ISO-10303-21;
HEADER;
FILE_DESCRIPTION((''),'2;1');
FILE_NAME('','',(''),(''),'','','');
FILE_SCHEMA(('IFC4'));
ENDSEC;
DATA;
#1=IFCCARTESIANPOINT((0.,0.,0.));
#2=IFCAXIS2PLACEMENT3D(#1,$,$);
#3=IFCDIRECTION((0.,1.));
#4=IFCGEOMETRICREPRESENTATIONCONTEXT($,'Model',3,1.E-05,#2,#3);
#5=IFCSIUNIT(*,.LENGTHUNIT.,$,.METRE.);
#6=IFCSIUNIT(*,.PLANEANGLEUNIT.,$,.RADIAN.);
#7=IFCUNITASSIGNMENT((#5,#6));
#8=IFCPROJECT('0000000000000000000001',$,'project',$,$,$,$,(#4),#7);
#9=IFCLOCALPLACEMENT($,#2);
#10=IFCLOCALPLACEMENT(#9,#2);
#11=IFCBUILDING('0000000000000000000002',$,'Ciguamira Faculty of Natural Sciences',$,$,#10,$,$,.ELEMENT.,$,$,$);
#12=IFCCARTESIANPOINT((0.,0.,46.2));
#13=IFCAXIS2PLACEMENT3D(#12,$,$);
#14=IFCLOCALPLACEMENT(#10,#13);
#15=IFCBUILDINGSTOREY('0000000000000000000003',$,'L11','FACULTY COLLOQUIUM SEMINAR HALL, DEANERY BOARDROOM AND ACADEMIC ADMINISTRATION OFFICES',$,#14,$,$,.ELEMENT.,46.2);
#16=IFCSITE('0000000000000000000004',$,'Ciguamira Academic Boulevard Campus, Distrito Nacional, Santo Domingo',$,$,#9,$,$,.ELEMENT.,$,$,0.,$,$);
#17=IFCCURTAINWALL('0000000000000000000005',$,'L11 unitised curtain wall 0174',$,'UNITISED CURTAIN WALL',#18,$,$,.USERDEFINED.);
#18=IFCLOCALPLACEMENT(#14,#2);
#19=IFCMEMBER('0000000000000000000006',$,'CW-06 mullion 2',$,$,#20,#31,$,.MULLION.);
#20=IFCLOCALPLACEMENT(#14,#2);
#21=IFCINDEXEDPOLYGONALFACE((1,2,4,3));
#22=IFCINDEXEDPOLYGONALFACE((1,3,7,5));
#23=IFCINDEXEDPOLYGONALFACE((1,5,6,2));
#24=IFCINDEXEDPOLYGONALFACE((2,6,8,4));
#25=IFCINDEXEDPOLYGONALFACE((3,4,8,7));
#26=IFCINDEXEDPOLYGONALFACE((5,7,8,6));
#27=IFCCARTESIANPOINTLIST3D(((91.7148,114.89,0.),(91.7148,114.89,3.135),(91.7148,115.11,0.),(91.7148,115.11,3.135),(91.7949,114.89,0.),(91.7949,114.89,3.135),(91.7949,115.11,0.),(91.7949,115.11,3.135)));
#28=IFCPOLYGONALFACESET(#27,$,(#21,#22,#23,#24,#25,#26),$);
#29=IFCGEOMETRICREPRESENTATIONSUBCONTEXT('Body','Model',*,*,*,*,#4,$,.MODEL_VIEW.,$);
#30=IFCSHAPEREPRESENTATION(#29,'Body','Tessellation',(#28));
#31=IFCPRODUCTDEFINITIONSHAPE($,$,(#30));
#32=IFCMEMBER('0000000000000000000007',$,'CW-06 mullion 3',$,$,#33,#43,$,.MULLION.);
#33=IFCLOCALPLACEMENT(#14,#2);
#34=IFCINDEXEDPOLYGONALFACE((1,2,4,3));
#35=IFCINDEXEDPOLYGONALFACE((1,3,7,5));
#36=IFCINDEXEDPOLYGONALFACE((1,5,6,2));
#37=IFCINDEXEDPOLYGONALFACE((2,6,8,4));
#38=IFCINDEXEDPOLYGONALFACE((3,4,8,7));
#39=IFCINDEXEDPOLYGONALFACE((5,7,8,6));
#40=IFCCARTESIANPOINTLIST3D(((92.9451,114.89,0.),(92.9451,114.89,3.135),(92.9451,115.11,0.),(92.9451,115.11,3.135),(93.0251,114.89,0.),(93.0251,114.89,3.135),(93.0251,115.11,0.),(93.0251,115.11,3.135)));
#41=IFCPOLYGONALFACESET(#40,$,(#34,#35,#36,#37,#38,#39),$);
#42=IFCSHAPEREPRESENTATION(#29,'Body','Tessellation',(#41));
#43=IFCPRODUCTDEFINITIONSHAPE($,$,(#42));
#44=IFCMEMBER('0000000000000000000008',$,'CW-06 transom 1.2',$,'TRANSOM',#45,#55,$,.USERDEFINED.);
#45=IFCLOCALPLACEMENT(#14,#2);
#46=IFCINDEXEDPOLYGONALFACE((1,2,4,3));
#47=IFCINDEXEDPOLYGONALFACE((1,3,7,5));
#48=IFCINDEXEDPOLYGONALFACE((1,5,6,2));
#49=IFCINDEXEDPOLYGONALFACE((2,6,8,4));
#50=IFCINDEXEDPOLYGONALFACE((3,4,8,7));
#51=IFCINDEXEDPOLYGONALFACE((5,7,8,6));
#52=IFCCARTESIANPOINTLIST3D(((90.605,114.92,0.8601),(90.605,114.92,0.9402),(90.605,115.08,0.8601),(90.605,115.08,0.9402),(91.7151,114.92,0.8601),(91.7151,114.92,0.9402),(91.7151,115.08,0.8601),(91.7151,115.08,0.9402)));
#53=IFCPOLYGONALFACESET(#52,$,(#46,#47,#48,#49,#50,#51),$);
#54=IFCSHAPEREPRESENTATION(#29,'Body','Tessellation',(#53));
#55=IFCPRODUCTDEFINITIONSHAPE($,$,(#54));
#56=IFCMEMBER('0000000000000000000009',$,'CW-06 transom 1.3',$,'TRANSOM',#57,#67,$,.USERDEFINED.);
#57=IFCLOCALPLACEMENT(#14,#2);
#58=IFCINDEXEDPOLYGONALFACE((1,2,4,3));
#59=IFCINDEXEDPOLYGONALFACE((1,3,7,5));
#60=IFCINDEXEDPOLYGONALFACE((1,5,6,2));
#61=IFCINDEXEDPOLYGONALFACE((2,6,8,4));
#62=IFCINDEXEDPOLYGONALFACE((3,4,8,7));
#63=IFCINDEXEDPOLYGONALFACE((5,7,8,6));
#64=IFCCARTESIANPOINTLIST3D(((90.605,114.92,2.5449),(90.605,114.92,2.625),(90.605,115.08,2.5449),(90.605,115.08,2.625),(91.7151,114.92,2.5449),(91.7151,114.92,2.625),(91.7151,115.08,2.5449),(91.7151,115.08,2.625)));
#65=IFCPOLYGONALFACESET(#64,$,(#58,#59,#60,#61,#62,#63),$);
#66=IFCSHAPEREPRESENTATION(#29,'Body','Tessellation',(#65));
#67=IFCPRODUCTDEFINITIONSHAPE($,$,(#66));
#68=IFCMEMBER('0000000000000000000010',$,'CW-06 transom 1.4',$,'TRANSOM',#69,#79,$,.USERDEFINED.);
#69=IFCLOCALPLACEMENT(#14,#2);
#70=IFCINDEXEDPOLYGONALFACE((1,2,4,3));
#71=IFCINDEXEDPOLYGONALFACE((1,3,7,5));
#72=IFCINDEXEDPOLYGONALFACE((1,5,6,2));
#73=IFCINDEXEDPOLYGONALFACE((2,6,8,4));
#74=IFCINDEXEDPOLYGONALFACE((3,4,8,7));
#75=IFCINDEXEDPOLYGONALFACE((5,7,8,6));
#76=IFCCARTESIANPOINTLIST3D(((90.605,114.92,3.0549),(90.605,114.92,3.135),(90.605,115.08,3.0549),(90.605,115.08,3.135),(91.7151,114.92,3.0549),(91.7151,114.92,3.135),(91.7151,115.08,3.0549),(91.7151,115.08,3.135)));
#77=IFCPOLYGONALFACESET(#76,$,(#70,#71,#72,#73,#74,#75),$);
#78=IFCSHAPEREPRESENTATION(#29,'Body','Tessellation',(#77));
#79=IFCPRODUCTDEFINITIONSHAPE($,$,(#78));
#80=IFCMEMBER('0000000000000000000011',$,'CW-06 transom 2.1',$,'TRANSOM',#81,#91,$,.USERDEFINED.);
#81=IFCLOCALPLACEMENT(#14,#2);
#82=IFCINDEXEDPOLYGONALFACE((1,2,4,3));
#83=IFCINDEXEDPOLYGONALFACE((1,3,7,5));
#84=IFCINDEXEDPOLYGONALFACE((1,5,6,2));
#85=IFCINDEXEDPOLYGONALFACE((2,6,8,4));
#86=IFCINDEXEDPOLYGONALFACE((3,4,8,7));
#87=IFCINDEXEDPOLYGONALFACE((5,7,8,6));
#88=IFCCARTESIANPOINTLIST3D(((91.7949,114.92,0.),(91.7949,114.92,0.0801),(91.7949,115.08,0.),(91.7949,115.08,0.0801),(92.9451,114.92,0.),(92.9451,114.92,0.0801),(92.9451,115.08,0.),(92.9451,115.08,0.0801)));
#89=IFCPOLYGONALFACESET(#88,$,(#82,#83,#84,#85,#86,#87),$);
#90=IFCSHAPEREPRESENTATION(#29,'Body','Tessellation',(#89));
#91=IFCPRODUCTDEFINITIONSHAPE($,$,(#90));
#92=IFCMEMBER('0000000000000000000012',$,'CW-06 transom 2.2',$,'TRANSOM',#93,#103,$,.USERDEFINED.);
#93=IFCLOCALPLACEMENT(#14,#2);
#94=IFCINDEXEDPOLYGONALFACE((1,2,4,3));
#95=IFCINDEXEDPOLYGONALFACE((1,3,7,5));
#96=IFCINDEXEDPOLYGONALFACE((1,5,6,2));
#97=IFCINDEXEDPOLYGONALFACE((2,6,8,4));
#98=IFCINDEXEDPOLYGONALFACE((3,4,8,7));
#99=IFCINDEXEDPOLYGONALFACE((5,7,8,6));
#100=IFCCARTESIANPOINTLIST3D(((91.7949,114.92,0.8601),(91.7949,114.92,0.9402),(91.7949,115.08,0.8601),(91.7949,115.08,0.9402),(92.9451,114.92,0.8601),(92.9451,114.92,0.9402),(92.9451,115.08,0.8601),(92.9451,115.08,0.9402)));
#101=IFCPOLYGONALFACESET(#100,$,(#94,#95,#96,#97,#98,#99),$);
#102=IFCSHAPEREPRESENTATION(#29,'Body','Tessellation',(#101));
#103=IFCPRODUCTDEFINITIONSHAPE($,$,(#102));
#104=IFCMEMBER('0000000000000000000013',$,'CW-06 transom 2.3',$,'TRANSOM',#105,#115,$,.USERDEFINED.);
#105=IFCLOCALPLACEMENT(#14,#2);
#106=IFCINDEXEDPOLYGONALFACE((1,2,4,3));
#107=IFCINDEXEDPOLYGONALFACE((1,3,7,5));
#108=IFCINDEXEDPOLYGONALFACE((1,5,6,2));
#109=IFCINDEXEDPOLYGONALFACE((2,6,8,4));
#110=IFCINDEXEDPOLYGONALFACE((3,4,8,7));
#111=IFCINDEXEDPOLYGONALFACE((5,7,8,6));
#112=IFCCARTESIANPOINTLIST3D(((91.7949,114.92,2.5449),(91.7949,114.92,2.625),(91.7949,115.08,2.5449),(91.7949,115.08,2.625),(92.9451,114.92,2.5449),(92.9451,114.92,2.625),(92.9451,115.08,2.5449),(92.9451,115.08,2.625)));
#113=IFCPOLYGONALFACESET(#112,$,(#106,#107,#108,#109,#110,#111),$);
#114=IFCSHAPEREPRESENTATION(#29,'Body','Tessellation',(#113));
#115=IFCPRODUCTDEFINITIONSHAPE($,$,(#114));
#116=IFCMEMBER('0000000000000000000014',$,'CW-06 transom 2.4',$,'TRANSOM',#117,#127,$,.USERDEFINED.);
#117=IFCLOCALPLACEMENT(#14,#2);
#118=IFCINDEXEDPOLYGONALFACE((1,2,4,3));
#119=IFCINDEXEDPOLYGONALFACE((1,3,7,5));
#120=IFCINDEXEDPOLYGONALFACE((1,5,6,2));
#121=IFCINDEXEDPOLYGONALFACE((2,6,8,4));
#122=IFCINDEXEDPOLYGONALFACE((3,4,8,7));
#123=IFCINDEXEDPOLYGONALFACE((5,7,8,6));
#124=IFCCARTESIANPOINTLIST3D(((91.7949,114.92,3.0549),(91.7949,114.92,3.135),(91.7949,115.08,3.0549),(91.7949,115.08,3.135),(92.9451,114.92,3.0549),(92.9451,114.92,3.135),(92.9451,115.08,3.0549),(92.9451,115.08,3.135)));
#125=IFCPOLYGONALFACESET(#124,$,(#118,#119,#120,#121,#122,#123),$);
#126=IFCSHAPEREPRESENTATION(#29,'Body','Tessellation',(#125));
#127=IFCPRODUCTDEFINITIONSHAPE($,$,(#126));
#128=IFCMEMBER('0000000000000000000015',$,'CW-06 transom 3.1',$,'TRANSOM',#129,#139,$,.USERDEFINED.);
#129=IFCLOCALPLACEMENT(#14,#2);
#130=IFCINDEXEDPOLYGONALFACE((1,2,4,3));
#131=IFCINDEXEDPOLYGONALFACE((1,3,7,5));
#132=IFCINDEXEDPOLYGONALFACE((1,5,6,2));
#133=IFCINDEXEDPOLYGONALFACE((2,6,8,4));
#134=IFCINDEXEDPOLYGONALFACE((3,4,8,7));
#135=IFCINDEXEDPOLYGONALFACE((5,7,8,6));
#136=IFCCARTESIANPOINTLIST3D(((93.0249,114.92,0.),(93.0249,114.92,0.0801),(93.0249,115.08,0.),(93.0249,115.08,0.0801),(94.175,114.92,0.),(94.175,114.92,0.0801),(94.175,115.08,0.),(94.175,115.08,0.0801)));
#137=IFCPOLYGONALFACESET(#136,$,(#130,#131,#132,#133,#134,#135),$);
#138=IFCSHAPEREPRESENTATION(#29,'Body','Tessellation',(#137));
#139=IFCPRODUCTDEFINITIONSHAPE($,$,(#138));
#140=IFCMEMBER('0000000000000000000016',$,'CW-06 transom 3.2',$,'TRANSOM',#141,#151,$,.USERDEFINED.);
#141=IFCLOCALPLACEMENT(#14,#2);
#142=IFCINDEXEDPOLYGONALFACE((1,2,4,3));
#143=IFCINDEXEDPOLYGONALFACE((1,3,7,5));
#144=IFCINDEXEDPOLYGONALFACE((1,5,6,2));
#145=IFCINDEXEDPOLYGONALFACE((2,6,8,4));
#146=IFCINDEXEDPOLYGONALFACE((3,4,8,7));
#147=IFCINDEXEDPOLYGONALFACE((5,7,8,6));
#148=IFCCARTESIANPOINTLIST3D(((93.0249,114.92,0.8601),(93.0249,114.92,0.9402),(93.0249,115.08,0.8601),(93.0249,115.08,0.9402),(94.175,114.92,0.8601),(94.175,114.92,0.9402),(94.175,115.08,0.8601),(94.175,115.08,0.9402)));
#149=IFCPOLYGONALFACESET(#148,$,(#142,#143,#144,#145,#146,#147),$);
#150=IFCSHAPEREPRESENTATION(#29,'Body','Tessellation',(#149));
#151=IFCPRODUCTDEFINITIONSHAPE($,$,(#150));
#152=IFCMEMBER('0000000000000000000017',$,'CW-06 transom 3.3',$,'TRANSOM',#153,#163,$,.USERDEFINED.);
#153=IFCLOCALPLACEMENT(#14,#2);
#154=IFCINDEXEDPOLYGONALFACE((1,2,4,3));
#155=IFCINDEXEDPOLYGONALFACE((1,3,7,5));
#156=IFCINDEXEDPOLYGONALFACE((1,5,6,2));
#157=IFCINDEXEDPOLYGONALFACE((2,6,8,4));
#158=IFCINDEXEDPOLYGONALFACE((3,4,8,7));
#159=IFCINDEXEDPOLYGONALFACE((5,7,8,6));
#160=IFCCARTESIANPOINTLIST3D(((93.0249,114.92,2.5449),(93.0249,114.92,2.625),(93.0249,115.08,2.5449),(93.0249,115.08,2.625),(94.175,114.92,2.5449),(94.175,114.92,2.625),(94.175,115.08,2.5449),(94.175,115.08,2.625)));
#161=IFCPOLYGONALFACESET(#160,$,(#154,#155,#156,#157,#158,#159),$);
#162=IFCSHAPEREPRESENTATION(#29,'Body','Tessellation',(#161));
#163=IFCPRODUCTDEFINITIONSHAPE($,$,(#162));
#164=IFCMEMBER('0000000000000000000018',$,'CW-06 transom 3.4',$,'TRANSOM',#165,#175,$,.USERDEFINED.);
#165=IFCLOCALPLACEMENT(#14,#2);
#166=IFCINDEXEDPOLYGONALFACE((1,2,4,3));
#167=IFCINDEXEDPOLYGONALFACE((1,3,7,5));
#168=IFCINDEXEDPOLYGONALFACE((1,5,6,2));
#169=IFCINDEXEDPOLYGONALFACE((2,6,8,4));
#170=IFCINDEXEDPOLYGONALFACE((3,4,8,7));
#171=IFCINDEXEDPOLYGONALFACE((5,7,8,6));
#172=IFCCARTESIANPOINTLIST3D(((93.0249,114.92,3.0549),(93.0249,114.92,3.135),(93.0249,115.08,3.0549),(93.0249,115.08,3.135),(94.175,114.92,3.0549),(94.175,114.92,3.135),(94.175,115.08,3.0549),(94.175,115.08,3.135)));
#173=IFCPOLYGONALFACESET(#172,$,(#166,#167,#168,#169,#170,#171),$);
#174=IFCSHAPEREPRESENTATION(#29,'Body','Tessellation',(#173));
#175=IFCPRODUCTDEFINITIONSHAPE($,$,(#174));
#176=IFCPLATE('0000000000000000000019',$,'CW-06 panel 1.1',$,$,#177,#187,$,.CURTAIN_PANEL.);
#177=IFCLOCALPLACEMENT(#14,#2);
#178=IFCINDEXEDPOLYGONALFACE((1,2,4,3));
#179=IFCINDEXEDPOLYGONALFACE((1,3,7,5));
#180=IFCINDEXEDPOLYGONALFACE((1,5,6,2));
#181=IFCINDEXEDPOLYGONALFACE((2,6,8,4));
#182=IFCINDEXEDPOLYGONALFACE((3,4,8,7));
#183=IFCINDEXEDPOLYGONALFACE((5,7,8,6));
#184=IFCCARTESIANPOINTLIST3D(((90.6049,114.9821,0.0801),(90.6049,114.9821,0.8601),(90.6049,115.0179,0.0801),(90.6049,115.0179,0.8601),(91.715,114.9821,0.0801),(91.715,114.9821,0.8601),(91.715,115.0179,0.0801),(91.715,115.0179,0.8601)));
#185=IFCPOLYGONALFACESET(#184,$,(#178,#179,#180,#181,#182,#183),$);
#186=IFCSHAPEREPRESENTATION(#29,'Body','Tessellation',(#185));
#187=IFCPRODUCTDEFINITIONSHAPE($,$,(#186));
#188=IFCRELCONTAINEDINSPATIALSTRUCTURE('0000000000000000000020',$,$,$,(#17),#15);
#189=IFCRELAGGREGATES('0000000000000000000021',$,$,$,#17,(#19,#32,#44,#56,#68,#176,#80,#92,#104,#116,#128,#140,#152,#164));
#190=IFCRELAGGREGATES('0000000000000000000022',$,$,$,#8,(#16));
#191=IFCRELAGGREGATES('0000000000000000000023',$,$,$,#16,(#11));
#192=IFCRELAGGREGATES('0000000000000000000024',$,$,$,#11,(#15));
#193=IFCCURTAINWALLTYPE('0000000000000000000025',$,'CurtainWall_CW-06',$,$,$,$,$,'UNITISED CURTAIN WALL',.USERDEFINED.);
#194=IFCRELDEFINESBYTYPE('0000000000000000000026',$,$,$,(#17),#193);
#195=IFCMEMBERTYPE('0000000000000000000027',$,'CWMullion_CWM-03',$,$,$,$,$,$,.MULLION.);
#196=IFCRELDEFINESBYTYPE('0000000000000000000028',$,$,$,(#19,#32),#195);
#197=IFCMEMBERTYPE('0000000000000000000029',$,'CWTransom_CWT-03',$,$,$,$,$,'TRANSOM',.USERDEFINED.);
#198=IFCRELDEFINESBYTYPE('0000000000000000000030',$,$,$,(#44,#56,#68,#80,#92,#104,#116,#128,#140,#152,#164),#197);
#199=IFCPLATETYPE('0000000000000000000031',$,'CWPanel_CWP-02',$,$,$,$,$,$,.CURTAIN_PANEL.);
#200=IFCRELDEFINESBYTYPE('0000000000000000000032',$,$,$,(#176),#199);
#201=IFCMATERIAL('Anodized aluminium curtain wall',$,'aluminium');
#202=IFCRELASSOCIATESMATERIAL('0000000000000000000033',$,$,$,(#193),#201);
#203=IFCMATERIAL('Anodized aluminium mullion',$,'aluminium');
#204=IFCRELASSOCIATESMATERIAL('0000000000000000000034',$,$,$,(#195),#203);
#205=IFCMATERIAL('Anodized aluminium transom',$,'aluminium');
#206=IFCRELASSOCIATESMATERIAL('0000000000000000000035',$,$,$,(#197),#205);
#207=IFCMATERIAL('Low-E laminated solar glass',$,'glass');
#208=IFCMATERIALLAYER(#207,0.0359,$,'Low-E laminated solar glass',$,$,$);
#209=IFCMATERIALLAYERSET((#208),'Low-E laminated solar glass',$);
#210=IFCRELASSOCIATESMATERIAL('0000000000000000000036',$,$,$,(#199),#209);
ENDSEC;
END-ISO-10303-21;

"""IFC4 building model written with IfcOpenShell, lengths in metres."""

from ifc_helpers import new_model, si_unit, direction, frame, origin, origin_2d, place, context, subcontext, project, spatial, rectangle, extrude, material, layer, layer_set, material_profile, profile_set, type_object, element, aggregate, save


model = new_model("IFC4")

# Units and contexts
model_context = context("Model", 3, precision=1e-05, world=origin(), true_north=direction((0.0, 1.0)))
body_context = subcontext(model_context, "Body", "Model", "MODEL_VIEW")
ifc_project = project(units=[si_unit("LENGTHUNIT", "METRE"), si_unit("PLANEANGLEUNIT", "RADIAN")], contexts=[model_context])

# Site, building, storey
site_placement = place(None, origin())
site = spatial("IfcSite", under=ifc_project, at=site_placement, Name="Ciguamira Academic Boulevard Campus, Distrito Nacional, Santo Domingo", CompositionType="ELEMENT", RefElevation=0.0)
building_placement = place(site_placement, origin())
building = spatial("IfcBuilding", under=site, at=building_placement, Name="Ciguamira Faculty of Natural Sciences", CompositionType="ELEMENT")
storey_placement = place(building_placement, frame((0.0, 0.0, 46.2)))
storey = spatial("IfcBuildingStorey", under=building, at=storey_placement, Name="L11", Description="FACULTY COLLOQUIUM SEMINAR HALL, DEANERY BOARDROOM AND ACADEMIC ADMINISTRATION OFFICES", CompositionType="ELEMENT", Elevation=46.2)

# Curtain wall, members, plate
ifc_material_1 = material(Name="Anodized aluminium curtain wall", Category="aluminium")
curtain_wall_type = type_object("IfcCurtainWallType", Name="CurtainWall_CW-06", ElementType="UNITISED CURTAIN WALL", PredefinedType="USERDEFINED", material=ifc_material_1)
curtain_wall_placement = place(storey_placement, origin())
curtain_wall = element("IfcCurtainWall", 1, at=curtain_wall_placement, inside=storey, type_object=curtain_wall_type, Name="L11 unitised curtain wall 0174", ObjectType="UNITISED CURTAIN WALL", PredefinedType="USERDEFINED")
ifc_material_2 = material(Name="Anodized aluminium mullion", Category="aluminium")
ifc_material_profile_1 = material_profile(ifc_material_2, rectangle(XDim=0.0801, YDim=0.22, at=origin_2d()), Name="ALU-MUL-80X220")
ifc_profile_set_1 = profile_set([ifc_material_profile_1], Name="Anodized aluminium mullion")
member_type_1 = type_object("IfcMemberType", Name="CWMullion_CWM-03", PredefinedType="MULLION", material=ifc_profile_set_1)
member_1_placement = place(storey_placement, frame((91.7549, 115.0, 0.0), z_axis=(0.0, 0.0, 1.0), x_axis=(1.0, 0.0, 0.0)))
member_1 = element("IfcMember", 2, at=member_1_placement, type_object=member_type_1, Name="CW-06 mullion 2", PredefinedType="MULLION", context=body_context, shape_type="SweptSolid", body=[
    extrude(rectangle(XDim=0.0801, YDim=0.22, at=origin_2d()), origin(), (0.0, 0.0, 1.0), 3.135),
])
member_2_placement = place(storey_placement, frame((92.9851, 115.0, 0.0), z_axis=(0.0, 0.0, 1.0), x_axis=(1.0, 0.0, 0.0)))
member_2 = element("IfcMember", 3, at=member_2_placement, type_object=member_type_1, Name="CW-06 mullion 3", PredefinedType="MULLION", context=body_context, shape_type="SweptSolid", body=[
    extrude(rectangle(XDim=0.0801, YDim=0.22, at=origin_2d()), origin(), (0.0, 0.0, 1.0), 3.135),
])
ifc_material_3 = material(Name="Anodized aluminium transom", Category="aluminium")
ifc_material_profile_2 = material_profile(ifc_material_3, rectangle(XDim=0.0801, YDim=0.1599, at=origin_2d()), Name="ALU-TRN-80X160")
ifc_profile_set_2 = profile_set([ifc_material_profile_2], Name="Anodized aluminium transom")
member_type_2 = type_object("IfcMemberType", Name="CWTransom_CWT-03", ElementType="TRANSOM", PredefinedType="USERDEFINED", material=ifc_profile_set_2)
member_3_placement = place(storey_placement, frame((90.605, 115.0, 0.9001), z_axis=(1.0, 0.0, 0.0), x_axis=(0.0, 0.0, 1.0)))
member_3 = element("IfcMember", 4, at=member_3_placement, type_object=member_type_2, Name="CW-06 transom 1.2", ObjectType="TRANSOM", PredefinedType="USERDEFINED", context=body_context, shape_type="SweptSolid", body=[
    extrude(rectangle(XDim=0.0801, YDim=0.1599, at=origin_2d()), origin(), (0.0, 0.0, 1.0), 1.1101),
])
member_4_placement = place(storey_placement, frame((90.605, 115.0, 2.585), z_axis=(1.0, 0.0, 0.0), x_axis=(0.0, 0.0, 1.0)))
member_4 = element("IfcMember", 5, at=member_4_placement, type_object=member_type_2, Name="CW-06 transom 1.3", ObjectType="TRANSOM", PredefinedType="USERDEFINED", context=body_context, shape_type="SweptSolid", body=[
    extrude(rectangle(XDim=0.0801, YDim=0.1599, at=origin_2d()), origin(), (0.0, 0.0, 1.0), 1.1101),
])
member_5_placement = place(storey_placement, frame((90.605, 115.0, 3.095), z_axis=(1.0, 0.0, 0.0), x_axis=(0.0, 0.0, 1.0)))
member_5 = element("IfcMember", 6, at=member_5_placement, type_object=member_type_2, Name="CW-06 transom 1.4", ObjectType="TRANSOM", PredefinedType="USERDEFINED", context=body_context, shape_type="SweptSolid", body=[
    extrude(rectangle(XDim=0.0801, YDim=0.1599, at=origin_2d()), origin(), (0.0, 0.0, 1.0), 1.1101),
])
member_6_placement = place(storey_placement, frame((91.7949, 115.0, 0.04), z_axis=(1.0, 0.0, 0.0), x_axis=(0.0, 0.0, 1.0)))
member_6 = element("IfcMember", 7, at=member_6_placement, type_object=member_type_2, Name="CW-06 transom 2.1", ObjectType="TRANSOM", PredefinedType="USERDEFINED", context=body_context, shape_type="SweptSolid", body=[
    extrude(rectangle(XDim=0.0801, YDim=0.1599, at=origin_2d()), origin(), (0.0, 0.0, 1.0), 1.1501),
])
member_7_placement = place(storey_placement, frame((91.7949, 115.0, 0.9001), z_axis=(1.0, 0.0, 0.0), x_axis=(0.0, 0.0, 1.0)))
member_7 = element("IfcMember", 8, at=member_7_placement, type_object=member_type_2, Name="CW-06 transom 2.2", ObjectType="TRANSOM", PredefinedType="USERDEFINED", context=body_context, shape_type="SweptSolid", body=[
    extrude(rectangle(XDim=0.0801, YDim=0.1599, at=origin_2d()), origin(), (0.0, 0.0, 1.0), 1.1501),
])
member_8_placement = place(storey_placement, frame((91.7949, 115.0, 2.585), z_axis=(1.0, 0.0, 0.0), x_axis=(0.0, 0.0, 1.0)))
member_8 = element("IfcMember", 9, at=member_8_placement, type_object=member_type_2, Name="CW-06 transom 2.3", ObjectType="TRANSOM", PredefinedType="USERDEFINED", context=body_context, shape_type="SweptSolid", body=[
    extrude(rectangle(XDim=0.0801, YDim=0.1599, at=origin_2d()), origin(), (0.0, 0.0, 1.0), 1.1501),
])
member_9_placement = place(storey_placement, frame((91.7949, 115.0, 3.095), z_axis=(1.0, 0.0, 0.0), x_axis=(0.0, 0.0, 1.0)))
member_9 = element("IfcMember", 10, at=member_9_placement, type_object=member_type_2, Name="CW-06 transom 2.4", ObjectType="TRANSOM", PredefinedType="USERDEFINED", context=body_context, shape_type="SweptSolid", body=[
    extrude(rectangle(XDim=0.0801, YDim=0.1599, at=origin_2d()), origin(), (0.0, 0.0, 1.0), 1.1501),
])
member_10_placement = place(storey_placement, frame((93.0249, 115.0, 0.04), z_axis=(1.0, 0.0, 0.0), x_axis=(0.0, 0.0, 1.0)))
member_10 = element("IfcMember", 11, at=member_10_placement, type_object=member_type_2, Name="CW-06 transom 3.1", ObjectType="TRANSOM", PredefinedType="USERDEFINED", context=body_context, shape_type="SweptSolid", body=[
    extrude(rectangle(XDim=0.0801, YDim=0.1599, at=origin_2d()), origin(), (0.0, 0.0, 1.0), 1.1501),
])
member_11_placement = place(storey_placement, frame((93.0249, 115.0, 0.9001), z_axis=(1.0, 0.0, 0.0), x_axis=(0.0, 0.0, 1.0)))
member_11 = element("IfcMember", 12, at=member_11_placement, type_object=member_type_2, Name="CW-06 transom 3.2", ObjectType="TRANSOM", PredefinedType="USERDEFINED", context=body_context, shape_type="SweptSolid", body=[
    extrude(rectangle(XDim=0.0801, YDim=0.1599, at=origin_2d()), origin(), (0.0, 0.0, 1.0), 1.1501),
])
member_12_placement = place(storey_placement, frame((93.0249, 115.0, 2.585), z_axis=(1.0, 0.0, 0.0), x_axis=(0.0, 0.0, 1.0)))
member_12 = element("IfcMember", 13, at=member_12_placement, type_object=member_type_2, Name="CW-06 transom 3.3", ObjectType="TRANSOM", PredefinedType="USERDEFINED", context=body_context, shape_type="SweptSolid", body=[
    extrude(rectangle(XDim=0.0801, YDim=0.1599, at=origin_2d()), origin(), (0.0, 0.0, 1.0), 1.1501),
])
member_13_placement = place(storey_placement, frame((93.0249, 115.0, 3.095), z_axis=(1.0, 0.0, 0.0), x_axis=(0.0, 0.0, 1.0)))
member_13 = element("IfcMember", 14, at=member_13_placement, type_object=member_type_2, Name="CW-06 transom 3.4", ObjectType="TRANSOM", PredefinedType="USERDEFINED", context=body_context, shape_type="SweptSolid", body=[
    extrude(rectangle(XDim=0.0801, YDim=0.1599, at=origin_2d()), origin(), (0.0, 0.0, 1.0), 1.1501),
])
ifc_material_4 = material(Name="Low-E laminated solar glass", Category="glass")
ifc_layer = layer(ifc_material_4, 0.0359, Name="Low-E laminated solar glass")
ifc_layer_set = layer_set([ifc_layer], Name="Low-E laminated solar glass")
plate_type = type_object("IfcPlateType", Name="CWPanel_CWP-02", PredefinedType="CURTAIN_PANEL", material=ifc_layer_set)
plate_1_placement = place(storey_placement, frame((91.1599, 115.0, 0.0801), z_axis=(0.0, 0.0, 1.0), x_axis=(1.0, 0.0, 0.0)))
plate_1 = element("IfcPlate", 15, at=plate_1_placement, type_object=plate_type, Name="CW-06 panel 1.1", PredefinedType="CURTAIN_PANEL", context=body_context, shape_type="SweptSolid", body=[
    extrude(rectangle(XDim=1.1101, YDim=0.0359, at=origin_2d()), origin(), (0.0, 0.0, 1.0), 0.78),
])
aggregate(curtain_wall, [member_1, member_2, member_3, member_4, member_5, plate_1, member_6, member_7, member_8, member_9, member_10, member_11, member_12, member_13])

save(model, "model.ifc")
